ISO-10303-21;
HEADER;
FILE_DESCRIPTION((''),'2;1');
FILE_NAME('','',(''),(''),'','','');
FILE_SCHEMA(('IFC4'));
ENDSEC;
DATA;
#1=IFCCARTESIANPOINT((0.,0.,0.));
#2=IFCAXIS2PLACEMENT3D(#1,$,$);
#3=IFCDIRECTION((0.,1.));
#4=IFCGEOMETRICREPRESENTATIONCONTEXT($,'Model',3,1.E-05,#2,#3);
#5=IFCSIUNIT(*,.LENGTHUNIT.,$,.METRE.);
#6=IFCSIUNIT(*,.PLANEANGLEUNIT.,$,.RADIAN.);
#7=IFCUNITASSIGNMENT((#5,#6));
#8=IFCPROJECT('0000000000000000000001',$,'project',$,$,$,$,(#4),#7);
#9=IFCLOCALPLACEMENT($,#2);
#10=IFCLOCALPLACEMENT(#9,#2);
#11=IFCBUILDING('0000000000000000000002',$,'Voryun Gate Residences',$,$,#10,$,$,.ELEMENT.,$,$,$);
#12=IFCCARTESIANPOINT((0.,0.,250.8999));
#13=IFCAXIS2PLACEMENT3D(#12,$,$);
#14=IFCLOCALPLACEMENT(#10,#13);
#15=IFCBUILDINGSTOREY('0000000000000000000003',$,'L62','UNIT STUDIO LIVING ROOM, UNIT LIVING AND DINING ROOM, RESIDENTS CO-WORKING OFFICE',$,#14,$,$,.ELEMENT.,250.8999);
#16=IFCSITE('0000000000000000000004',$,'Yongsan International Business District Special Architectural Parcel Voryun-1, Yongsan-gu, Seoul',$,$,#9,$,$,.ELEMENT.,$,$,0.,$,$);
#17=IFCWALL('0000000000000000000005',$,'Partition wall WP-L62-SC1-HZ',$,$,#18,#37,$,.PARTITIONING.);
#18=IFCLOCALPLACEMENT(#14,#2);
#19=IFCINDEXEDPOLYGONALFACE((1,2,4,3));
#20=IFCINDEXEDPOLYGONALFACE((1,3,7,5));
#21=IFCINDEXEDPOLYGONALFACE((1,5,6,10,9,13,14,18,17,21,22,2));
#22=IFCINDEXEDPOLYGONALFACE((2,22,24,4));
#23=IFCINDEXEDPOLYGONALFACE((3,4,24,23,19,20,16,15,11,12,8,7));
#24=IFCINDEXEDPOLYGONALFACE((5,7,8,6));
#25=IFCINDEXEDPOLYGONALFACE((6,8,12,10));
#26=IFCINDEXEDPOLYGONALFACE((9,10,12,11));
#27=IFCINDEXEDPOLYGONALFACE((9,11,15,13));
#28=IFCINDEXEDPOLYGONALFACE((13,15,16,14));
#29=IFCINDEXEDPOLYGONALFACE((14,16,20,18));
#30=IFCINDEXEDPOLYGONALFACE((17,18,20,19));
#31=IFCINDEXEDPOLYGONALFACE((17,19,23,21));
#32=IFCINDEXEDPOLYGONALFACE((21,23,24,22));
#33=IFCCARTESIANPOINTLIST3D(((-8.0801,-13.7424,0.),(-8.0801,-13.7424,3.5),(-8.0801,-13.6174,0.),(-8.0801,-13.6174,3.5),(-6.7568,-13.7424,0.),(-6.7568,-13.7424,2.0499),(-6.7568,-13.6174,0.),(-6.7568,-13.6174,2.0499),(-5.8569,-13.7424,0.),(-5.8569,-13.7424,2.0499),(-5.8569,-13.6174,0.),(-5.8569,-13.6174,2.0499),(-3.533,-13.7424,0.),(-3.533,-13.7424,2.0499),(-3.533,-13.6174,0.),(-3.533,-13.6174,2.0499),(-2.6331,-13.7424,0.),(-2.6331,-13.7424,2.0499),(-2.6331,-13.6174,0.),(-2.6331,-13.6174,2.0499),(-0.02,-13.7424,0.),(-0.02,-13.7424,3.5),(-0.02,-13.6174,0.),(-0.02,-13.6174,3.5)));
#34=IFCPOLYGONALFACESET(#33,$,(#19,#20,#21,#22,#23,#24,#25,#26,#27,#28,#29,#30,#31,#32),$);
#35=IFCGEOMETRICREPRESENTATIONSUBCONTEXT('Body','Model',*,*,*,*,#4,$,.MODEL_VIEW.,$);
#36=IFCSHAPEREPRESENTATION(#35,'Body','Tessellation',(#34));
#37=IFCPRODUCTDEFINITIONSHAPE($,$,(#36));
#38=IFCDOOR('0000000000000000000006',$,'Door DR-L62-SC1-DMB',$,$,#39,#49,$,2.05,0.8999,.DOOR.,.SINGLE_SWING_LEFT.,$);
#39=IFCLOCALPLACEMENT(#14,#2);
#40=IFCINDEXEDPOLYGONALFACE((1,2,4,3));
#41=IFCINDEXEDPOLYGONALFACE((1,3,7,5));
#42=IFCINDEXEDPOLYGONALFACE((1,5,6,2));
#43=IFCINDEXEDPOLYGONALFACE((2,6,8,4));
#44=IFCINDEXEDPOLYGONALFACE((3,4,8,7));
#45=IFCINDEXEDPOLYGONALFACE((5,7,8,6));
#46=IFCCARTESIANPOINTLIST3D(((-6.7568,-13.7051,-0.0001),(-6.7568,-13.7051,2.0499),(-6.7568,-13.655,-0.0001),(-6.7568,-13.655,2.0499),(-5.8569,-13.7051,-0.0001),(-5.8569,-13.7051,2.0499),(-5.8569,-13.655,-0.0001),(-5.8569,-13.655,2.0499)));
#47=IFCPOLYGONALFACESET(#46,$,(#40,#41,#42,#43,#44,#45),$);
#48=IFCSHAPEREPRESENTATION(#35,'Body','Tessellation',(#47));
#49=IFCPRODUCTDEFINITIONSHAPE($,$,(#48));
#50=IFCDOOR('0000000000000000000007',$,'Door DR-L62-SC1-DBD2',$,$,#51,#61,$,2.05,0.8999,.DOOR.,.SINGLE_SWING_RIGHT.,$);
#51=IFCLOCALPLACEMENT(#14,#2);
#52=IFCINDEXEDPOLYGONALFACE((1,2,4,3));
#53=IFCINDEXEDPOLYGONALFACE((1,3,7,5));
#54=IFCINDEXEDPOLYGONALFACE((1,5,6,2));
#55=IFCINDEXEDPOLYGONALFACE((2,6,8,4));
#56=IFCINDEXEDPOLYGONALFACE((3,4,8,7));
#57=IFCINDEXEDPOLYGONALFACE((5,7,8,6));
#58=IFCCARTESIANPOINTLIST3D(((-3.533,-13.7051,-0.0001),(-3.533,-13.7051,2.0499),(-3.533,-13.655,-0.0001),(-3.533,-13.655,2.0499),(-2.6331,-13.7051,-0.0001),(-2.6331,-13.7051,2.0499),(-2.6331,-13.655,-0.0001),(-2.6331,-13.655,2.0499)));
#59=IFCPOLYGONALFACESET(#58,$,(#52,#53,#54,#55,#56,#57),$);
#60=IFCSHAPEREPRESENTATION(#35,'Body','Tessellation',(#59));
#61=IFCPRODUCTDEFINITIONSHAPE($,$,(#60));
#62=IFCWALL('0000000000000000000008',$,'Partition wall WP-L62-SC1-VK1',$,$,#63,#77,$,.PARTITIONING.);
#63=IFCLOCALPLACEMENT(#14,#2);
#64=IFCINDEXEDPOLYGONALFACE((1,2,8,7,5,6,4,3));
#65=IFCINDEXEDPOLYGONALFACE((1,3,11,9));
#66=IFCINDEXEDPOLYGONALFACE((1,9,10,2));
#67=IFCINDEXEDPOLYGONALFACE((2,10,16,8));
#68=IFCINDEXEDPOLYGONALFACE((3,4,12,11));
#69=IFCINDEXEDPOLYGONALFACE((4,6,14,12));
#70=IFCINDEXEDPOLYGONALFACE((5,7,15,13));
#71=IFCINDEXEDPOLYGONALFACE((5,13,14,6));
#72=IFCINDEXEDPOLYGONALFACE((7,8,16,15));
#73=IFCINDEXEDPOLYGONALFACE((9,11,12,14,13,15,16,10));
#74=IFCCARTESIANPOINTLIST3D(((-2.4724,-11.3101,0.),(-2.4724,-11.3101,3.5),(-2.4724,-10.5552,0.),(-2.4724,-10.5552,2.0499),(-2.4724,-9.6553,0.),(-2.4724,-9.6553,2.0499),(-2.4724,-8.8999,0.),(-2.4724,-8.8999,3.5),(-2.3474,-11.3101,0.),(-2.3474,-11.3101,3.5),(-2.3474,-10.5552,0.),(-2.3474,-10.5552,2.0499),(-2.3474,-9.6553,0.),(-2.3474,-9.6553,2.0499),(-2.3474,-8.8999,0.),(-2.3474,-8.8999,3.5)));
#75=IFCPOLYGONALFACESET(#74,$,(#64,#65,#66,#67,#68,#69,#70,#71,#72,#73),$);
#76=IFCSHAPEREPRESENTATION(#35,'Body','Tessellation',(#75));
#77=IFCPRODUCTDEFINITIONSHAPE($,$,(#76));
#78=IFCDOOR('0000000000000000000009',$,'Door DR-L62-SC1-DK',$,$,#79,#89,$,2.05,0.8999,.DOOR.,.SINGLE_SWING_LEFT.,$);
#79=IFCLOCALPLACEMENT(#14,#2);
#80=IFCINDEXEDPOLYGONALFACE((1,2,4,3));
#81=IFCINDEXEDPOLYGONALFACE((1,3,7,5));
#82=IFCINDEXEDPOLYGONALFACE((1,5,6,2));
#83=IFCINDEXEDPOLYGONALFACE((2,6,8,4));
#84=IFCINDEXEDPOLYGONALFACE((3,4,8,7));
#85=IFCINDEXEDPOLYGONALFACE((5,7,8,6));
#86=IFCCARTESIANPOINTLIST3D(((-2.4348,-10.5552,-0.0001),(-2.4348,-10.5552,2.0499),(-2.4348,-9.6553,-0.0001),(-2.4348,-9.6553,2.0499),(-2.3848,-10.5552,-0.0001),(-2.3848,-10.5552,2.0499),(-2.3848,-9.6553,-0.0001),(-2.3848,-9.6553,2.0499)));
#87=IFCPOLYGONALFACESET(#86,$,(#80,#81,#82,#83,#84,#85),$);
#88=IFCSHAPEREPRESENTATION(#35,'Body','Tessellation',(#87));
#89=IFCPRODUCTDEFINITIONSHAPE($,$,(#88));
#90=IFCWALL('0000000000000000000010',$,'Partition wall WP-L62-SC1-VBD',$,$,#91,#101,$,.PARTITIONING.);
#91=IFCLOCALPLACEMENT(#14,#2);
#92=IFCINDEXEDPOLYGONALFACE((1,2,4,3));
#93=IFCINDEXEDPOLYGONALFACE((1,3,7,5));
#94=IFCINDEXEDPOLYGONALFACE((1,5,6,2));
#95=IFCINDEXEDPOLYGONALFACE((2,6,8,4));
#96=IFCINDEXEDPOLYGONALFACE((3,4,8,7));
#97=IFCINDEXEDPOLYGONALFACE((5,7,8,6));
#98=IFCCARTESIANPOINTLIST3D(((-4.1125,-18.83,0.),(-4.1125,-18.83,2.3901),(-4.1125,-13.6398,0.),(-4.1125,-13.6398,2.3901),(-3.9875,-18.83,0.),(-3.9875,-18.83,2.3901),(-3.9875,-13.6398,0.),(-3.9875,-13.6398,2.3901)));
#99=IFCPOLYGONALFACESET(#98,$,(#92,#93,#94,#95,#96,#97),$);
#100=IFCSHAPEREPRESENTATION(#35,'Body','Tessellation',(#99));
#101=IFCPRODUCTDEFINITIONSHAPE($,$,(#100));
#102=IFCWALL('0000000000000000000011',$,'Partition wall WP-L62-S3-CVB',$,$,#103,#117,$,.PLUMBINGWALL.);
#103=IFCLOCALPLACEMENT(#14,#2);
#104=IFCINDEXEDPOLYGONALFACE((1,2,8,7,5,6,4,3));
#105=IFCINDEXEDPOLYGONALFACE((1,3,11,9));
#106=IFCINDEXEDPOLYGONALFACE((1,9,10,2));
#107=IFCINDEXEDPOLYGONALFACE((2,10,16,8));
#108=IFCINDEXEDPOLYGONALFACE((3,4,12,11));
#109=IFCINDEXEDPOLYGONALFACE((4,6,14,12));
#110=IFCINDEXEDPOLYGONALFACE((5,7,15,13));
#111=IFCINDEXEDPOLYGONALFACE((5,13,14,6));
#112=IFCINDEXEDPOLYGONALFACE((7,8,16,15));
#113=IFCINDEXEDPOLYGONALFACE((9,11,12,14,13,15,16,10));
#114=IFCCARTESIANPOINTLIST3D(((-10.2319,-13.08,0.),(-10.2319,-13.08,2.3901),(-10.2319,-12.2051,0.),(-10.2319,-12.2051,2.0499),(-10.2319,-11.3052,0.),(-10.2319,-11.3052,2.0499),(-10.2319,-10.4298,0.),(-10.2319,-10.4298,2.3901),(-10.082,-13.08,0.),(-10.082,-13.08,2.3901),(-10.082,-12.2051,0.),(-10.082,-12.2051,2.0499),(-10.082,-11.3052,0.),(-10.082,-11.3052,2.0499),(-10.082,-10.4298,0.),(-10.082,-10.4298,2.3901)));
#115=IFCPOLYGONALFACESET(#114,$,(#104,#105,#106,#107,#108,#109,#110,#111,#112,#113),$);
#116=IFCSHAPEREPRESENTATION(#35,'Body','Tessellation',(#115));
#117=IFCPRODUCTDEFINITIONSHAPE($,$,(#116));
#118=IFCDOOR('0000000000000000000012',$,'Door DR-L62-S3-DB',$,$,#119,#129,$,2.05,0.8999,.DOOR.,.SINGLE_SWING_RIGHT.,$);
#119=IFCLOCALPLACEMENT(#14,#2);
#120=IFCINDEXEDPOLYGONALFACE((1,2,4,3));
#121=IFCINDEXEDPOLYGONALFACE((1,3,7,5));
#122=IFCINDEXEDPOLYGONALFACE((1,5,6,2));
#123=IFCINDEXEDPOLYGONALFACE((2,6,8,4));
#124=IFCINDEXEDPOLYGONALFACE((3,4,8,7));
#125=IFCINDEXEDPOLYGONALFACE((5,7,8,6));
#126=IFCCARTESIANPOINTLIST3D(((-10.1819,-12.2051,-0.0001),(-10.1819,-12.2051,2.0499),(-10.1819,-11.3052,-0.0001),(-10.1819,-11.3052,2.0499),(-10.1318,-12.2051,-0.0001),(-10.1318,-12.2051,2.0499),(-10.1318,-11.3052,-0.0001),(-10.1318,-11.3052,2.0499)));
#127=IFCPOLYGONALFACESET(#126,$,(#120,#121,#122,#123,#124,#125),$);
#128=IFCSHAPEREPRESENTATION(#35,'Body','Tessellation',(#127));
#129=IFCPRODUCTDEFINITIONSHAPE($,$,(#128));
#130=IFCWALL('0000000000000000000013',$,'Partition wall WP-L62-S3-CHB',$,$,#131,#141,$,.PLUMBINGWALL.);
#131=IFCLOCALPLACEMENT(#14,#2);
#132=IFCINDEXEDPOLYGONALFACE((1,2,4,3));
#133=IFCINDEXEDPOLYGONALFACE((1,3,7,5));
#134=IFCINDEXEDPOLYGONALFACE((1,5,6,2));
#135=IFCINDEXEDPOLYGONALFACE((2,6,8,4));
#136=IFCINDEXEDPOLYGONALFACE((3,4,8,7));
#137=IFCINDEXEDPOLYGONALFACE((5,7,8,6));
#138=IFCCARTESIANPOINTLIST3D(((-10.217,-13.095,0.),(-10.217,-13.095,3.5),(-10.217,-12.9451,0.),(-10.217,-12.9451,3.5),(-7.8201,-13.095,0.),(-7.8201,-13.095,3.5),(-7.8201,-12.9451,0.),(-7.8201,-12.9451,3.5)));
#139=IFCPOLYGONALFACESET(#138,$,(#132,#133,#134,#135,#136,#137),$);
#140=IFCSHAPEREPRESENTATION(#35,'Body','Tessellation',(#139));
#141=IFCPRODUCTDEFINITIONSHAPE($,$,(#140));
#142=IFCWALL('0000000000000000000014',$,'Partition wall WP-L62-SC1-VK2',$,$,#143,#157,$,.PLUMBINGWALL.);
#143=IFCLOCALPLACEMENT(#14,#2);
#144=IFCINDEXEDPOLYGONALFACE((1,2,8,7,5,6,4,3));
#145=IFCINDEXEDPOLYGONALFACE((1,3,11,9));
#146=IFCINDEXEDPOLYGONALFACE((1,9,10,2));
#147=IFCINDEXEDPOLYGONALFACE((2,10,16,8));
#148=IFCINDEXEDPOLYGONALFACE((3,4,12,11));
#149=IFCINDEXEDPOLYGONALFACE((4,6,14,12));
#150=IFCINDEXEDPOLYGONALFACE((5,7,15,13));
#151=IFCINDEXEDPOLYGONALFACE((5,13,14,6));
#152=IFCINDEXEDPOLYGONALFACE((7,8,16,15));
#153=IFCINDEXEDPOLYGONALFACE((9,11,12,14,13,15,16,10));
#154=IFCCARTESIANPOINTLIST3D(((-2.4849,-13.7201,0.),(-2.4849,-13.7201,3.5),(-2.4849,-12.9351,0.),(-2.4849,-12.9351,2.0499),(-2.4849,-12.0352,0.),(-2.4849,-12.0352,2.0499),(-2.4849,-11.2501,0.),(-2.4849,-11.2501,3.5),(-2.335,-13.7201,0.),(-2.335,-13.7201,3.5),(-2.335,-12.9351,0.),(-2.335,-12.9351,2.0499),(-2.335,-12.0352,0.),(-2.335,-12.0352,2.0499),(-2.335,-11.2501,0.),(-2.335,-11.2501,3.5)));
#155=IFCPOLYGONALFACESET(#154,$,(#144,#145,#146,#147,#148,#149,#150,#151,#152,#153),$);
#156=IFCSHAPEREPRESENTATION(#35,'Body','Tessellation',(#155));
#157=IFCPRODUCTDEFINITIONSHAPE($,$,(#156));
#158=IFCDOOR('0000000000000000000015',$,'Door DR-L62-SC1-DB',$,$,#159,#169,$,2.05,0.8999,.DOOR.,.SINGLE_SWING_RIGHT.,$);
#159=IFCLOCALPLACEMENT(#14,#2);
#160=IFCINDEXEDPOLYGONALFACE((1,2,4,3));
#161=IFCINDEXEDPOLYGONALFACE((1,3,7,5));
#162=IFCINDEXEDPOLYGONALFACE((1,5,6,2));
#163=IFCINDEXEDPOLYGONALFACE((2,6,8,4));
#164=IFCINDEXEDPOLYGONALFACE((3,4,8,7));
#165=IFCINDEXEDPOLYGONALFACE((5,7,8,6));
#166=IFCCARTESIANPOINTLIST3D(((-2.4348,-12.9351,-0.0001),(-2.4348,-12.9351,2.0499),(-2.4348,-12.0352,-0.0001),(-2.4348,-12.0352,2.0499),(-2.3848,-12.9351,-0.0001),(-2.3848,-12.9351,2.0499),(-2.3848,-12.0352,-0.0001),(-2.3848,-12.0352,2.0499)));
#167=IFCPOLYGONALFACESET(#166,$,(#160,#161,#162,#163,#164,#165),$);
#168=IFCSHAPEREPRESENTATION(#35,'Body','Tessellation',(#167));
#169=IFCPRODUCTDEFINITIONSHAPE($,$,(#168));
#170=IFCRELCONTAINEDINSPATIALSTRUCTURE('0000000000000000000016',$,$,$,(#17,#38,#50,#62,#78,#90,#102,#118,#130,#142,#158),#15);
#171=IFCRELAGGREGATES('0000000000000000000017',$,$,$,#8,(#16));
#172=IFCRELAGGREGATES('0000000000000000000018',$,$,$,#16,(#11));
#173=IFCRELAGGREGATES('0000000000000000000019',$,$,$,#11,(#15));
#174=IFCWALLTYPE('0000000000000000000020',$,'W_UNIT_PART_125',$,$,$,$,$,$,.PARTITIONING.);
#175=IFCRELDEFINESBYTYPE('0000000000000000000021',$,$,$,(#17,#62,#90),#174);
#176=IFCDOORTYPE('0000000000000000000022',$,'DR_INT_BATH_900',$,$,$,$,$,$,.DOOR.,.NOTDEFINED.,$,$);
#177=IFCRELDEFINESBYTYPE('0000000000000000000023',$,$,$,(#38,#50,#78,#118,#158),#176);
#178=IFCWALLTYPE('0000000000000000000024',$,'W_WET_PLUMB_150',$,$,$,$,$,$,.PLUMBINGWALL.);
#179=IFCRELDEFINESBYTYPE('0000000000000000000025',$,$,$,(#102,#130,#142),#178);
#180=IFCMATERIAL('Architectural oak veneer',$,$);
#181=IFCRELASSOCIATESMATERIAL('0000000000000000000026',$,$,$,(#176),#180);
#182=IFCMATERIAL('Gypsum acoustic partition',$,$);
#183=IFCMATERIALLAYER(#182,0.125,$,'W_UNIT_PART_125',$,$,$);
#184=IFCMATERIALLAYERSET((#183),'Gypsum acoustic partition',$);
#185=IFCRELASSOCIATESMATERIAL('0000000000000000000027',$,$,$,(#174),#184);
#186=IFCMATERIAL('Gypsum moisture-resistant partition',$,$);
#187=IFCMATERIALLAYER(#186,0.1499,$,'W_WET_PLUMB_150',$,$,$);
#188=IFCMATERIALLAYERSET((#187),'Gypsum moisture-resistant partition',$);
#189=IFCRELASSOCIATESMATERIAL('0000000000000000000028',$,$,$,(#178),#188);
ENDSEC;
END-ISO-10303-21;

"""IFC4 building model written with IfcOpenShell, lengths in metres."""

from ifc_helpers import new_model, si_unit, direction, frame, frame_2d, origin, place, context, subcontext, project, spatial, rectangle, extrude, material, layer, layer_set, type_object, element, fill, save


model = new_model("IFC4")

# Units and contexts
model_context = context("Model", 3, precision=1e-05, world=origin(), true_north=direction((0.0, 1.0)))
body_context = subcontext(model_context, "Body", "Model", "MODEL_VIEW")
ifc_project = project(units=[si_unit("LENGTHUNIT", "METRE"), si_unit("PLANEANGLEUNIT", "RADIAN")], contexts=[model_context])

# Site, building, storey
site_placement = place(None, origin())
site = spatial("IfcSite", under=ifc_project, at=site_placement, Name="Yongsan International Business District Special Architectural Parcel Voryun-1, Yongsan-gu, Seoul", CompositionType="ELEMENT", RefElevation=0.0)
building_placement = place(site_placement, origin())
building = spatial("IfcBuilding", under=site, at=building_placement, Name="Voryun Gate Residences", CompositionType="ELEMENT")
storey_placement = place(building_placement, frame((0.0, 0.0, 250.8999)))
storey = spatial("IfcBuildingStorey", under=building, at=storey_placement, Name="L62", Description="UNIT STUDIO LIVING ROOM, UNIT LIVING AND DINING ROOM, RESIDENTS CO-WORKING OFFICE", CompositionType="ELEMENT", Elevation=250.8999)

# Shared definitions
ifc_material_1 = material(Name="Architectural oak veneer")
door_type = type_object("IfcDoorType", Name="DR_INT_BATH_900", OperationType="NOTDEFINED", PredefinedType="DOOR", material=ifc_material_1)
ifc_material_2 = material(Name="Gypsum acoustic partition")
ifc_layer_1 = layer(ifc_material_2, 0.125, Name="W_UNIT_PART_125")
ifc_layer_set_1 = layer_set([ifc_layer_1], Name="Gypsum acoustic partition")
wall_type_1 = type_object("IfcWallType", Name="W_UNIT_PART_125", PredefinedType="PARTITIONING", material=ifc_layer_set_1)

# Wall, openings, doors
wall_1_placement = place(storey_placement, frame((-8.0801, -13.6799, 0.0), z_axis=(0.0, 0.0, 1.0), x_axis=(1.0, 0.0, 0.0)))
wall_1 = element("IfcWall", 1, at=wall_1_placement, inside=storey, type_object=wall_type_1, Name="Partition wall WP-L62-SC1-HZ", PredefinedType="PARTITIONING", context=body_context, shape_type="SweptSolid", body=[
    extrude(rectangle(XDim=8.0601, YDim=0.125, at=frame_2d((4.03, 0.0))), origin(), (0.0, 0.0, 1.0), 3.5),
])
opening_1_placement = place(wall_1_placement, frame((1.3232, 0.0, 0.0)))
opening_1 = element("IfcOpeningElement", 2, at=opening_1_placement, cuts=wall_1, PredefinedType="OPENING", context=body_context, shape_type="SweptSolid", body=[
    extrude(rectangle(XDim=0.8999, YDim=2.05, at=frame_2d((0.45, 1.0249))), frame((0.0, 0.0725, 0.0), z_axis=(0.0, -1.0, 0.0), x_axis=(1.0, 0.0, 0.0)), (0.0, 0.0, 1.0), 0.145),
])
opening_2_placement = place(wall_1_placement, frame((4.5471, 0.0, 0.0)))
opening_2 = element("IfcOpeningElement", 3, at=opening_2_placement, cuts=wall_1, PredefinedType="OPENING", context=body_context, shape_type="SweptSolid", body=[
    extrude(rectangle(XDim=0.8999, YDim=2.05, at=frame_2d((0.45, 1.0249))), frame((0.0, 0.0725, 0.0), z_axis=(0.0, -1.0, 0.0), x_axis=(1.0, 0.0, 0.0)), (0.0, 0.0, 1.0), 0.145),
])
door_1_placement = place(opening_1_placement, origin())
door_1 = element("IfcDoor", 4, at=door_1_placement, inside=storey, type_object=door_type, Name="Door DR-L62-SC1-DMB", OperationType="SINGLE_SWING_LEFT", OverallHeight=2.05, OverallWidth=0.8999, PredefinedType="DOOR", context=body_context, shape_type="SweptSolid", body=[
    extrude(rectangle(XDim=0.8999, YDim=2.05, at=frame_2d((0.45, 1.0249))), frame((0.0, 0.0249, 0.0), z_axis=(0.0, -1.0, 0.0), x_axis=(1.0, 0.0, 0.0)), (0.0, 0.0, 1.0), 0.05),
])
fill(opening_1, door_1)
door_2_placement = place(opening_2_placement, origin())
door_2 = element("IfcDoor", 5, at=door_2_placement, inside=storey, type_object=door_type, Name="Door DR-L62-SC1-DBD2", OperationType="SINGLE_SWING_RIGHT", OverallHeight=2.05, OverallWidth=0.8999, PredefinedType="DOOR", context=body_context, shape_type="SweptSolid", body=[
    extrude(rectangle(XDim=0.8999, YDim=2.05, at=frame_2d((0.45, 1.0249))), frame((0.0, 0.0249, 0.0), z_axis=(0.0, -1.0, 0.0), x_axis=(1.0, 0.0, 0.0)), (0.0, 0.0, 1.0), 0.05),
])
fill(opening_2, door_2)

# Wall, opening, door
wall_2_placement = place(storey_placement, frame((-2.4099, -11.3101, 0.0), z_axis=(0.0, 0.0, 1.0), x_axis=(0.0, 1.0, 0.0)))
wall_2 = element("IfcWall", 6, at=wall_2_placement, inside=storey, type_object=wall_type_1, Name="Partition wall WP-L62-SC1-VK1", PredefinedType="PARTITIONING", context=body_context, shape_type="SweptSolid", body=[
    extrude(rectangle(XDim=2.4102, YDim=0.125, at=frame_2d((1.2051, 0.0))), origin(), (0.0, 0.0, 1.0), 3.5),
])
opening_3_placement = place(wall_2_placement, frame((0.7549, 0.0, 0.0)))
opening_3 = element("IfcOpeningElement", 7, at=opening_3_placement, cuts=wall_2, PredefinedType="OPENING", context=body_context, shape_type="SweptSolid", body=[
    extrude(rectangle(XDim=0.8999, YDim=2.05, at=frame_2d((0.45, 1.0249))), frame((0.0, 0.0725, 0.0), z_axis=(0.0, -1.0, 0.0), x_axis=(1.0, 0.0, 0.0)), (0.0, 0.0, 1.0), 0.145),
])
door_3_placement = place(opening_3_placement, origin())
door_3 = element("IfcDoor", 8, at=door_3_placement, inside=storey, type_object=door_type, Name="Door DR-L62-SC1-DK", OperationType="SINGLE_SWING_LEFT", OverallHeight=2.05, OverallWidth=0.8999, PredefinedType="DOOR", context=body_context, shape_type="SweptSolid", body=[
    extrude(rectangle(XDim=0.8999, YDim=2.05, at=frame_2d((0.45, 1.0249))), frame((0.0, 0.0249, 0.0), z_axis=(0.0, -1.0, 0.0), x_axis=(1.0, 0.0, 0.0)), (0.0, 0.0, 1.0), 0.05),
])
fill(opening_3, door_3)

# Wall
wall_3_placement = place(storey_placement, frame((-4.05, -18.8301, 0.0), z_axis=(0.0, 0.0, 1.0), x_axis=(0.0, 1.0, 0.0)))
element("IfcWall", 9, at=wall_3_placement, inside=storey, type_object=wall_type_1, Name="Partition wall WP-L62-SC1-VBD", PredefinedType="PARTITIONING", context=body_context, shape_type="SweptSolid", body=[
    extrude(rectangle(XDim=5.1902, YDim=0.125, at=frame_2d((2.5952, 0.0))), origin(), (0.0, 0.0, 1.0), 2.3901),
])

# Wall, opening, door
ifc_material_3 = material(Name="Gypsum moisture-resistant partition")
ifc_layer_2 = layer(ifc_material_3, 0.1499, Name="W_WET_PLUMB_150")
ifc_layer_set_2 = layer_set([ifc_layer_2], Name="Gypsum moisture-resistant partition")
wall_type_2 = type_object("IfcWallType", Name="W_WET_PLUMB_150", PredefinedType="PLUMBINGWALL", material=ifc_layer_set_2)
wall_4_placement = place(storey_placement, frame((-10.157, -13.0801, 0.0), z_axis=(0.0, 0.0, 1.0), x_axis=(0.0, 1.0, 0.0)))
wall_4 = element("IfcWall", 10, at=wall_4_placement, inside=storey, type_object=wall_type_2, Name="Partition wall WP-L62-S3-CVB", PredefinedType="PLUMBINGWALL", context=body_context, shape_type="SweptSolid", body=[
    extrude(rectangle(XDim=2.6501, YDim=0.1499, at=frame_2d((1.3252, 0.0))), origin(), (0.0, 0.0, 1.0), 2.3901),
])
opening_4_placement = place(wall_4_placement, frame((0.875, 0.0, 0.0)))
opening_4 = element("IfcOpeningElement", 11, at=opening_4_placement, cuts=wall_4, PredefinedType="OPENING", context=body_context, shape_type="SweptSolid", body=[
    extrude(rectangle(XDim=0.8999, YDim=2.05, at=frame_2d((0.45, 1.0249))), frame((0.0, 0.085, 0.0), z_axis=(0.0, -1.0, 0.0), x_axis=(1.0, 0.0, 0.0)), (0.0, 0.0, 1.0), 0.1699),
])
door_4_placement = place(opening_4_placement, origin())
door_4 = element("IfcDoor", 12, at=door_4_placement, inside=storey, type_object=door_type, Name="Door DR-L62-S3-DB", OperationType="SINGLE_SWING_RIGHT", OverallHeight=2.05, OverallWidth=0.8999, PredefinedType="DOOR", context=body_context, shape_type="SweptSolid", body=[
    extrude(rectangle(XDim=0.8999, YDim=2.05, at=frame_2d((0.45, 1.0249))), frame((0.0, 0.0249, 0.0), z_axis=(0.0, -1.0, 0.0), x_axis=(1.0, 0.0, 0.0)), (0.0, 0.0, 1.0), 0.05),
])
fill(opening_4, door_4)

# Wall
wall_5_placement = place(storey_placement, frame((-10.217, -13.02, 0.0), z_axis=(0.0, 0.0, 1.0), x_axis=(1.0, 0.0, 0.0)))
element("IfcWall", 13, at=wall_5_placement, inside=storey, type_object=wall_type_2, Name="Partition wall WP-L62-S3-CHB", PredefinedType="PLUMBINGWALL", context=body_context, shape_type="SweptSolid", body=[
    extrude(rectangle(XDim=2.397, YDim=0.1499, at=frame_2d((1.1985, 0.0))), origin(), (0.0, 0.0, 1.0), 3.5),
])

# Wall, opening, door
wall_6_placement = place(storey_placement, frame((-2.4099, -13.72, 0.0), z_axis=(0.0, 0.0, 1.0), x_axis=(0.0, 1.0, 0.0)))
wall_6 = element("IfcWall", 14, at=wall_6_placement, inside=storey, type_object=wall_type_2, Name="Partition wall WP-L62-SC1-VK2", PredefinedType="PLUMBINGWALL", context=body_context, shape_type="SweptSolid", body=[
    extrude(rectangle(XDim=2.47, YDim=0.1499, at=frame_2d((1.2349, 0.0))), origin(), (0.0, 0.0, 1.0), 3.5),
])
opening_5_placement = place(wall_6_placement, frame((0.7849, 0.0, 0.0)))
opening_5 = element("IfcOpeningElement", 15, at=opening_5_placement, cuts=wall_6, PredefinedType="OPENING", context=body_context, shape_type="SweptSolid", body=[
    extrude(rectangle(XDim=0.8999, YDim=2.05, at=frame_2d((0.45, 1.0249))), frame((0.0, 0.085, 0.0), z_axis=(0.0, -1.0, 0.0), x_axis=(1.0, 0.0, 0.0)), (0.0, 0.0, 1.0), 0.1699),
])
door_5_placement = place(opening_5_placement, origin())
door_5 = element("IfcDoor", 16, at=door_5_placement, inside=storey, type_object=door_type, Name="Door DR-L62-SC1-DB", OperationType="SINGLE_SWING_RIGHT", OverallHeight=2.05, OverallWidth=0.8999, PredefinedType="DOOR", context=body_context, shape_type="SweptSolid", body=[
    extrude(rectangle(XDim=0.8999, YDim=2.05, at=frame_2d((0.45, 1.0249))), frame((0.0, 0.0249, 0.0), z_axis=(0.0, -1.0, 0.0), x_axis=(1.0, 0.0, 0.0)), (0.0, 0.0, 1.0), 0.05),
])
fill(opening_5, door_5)

save(model, "model.ifc")
